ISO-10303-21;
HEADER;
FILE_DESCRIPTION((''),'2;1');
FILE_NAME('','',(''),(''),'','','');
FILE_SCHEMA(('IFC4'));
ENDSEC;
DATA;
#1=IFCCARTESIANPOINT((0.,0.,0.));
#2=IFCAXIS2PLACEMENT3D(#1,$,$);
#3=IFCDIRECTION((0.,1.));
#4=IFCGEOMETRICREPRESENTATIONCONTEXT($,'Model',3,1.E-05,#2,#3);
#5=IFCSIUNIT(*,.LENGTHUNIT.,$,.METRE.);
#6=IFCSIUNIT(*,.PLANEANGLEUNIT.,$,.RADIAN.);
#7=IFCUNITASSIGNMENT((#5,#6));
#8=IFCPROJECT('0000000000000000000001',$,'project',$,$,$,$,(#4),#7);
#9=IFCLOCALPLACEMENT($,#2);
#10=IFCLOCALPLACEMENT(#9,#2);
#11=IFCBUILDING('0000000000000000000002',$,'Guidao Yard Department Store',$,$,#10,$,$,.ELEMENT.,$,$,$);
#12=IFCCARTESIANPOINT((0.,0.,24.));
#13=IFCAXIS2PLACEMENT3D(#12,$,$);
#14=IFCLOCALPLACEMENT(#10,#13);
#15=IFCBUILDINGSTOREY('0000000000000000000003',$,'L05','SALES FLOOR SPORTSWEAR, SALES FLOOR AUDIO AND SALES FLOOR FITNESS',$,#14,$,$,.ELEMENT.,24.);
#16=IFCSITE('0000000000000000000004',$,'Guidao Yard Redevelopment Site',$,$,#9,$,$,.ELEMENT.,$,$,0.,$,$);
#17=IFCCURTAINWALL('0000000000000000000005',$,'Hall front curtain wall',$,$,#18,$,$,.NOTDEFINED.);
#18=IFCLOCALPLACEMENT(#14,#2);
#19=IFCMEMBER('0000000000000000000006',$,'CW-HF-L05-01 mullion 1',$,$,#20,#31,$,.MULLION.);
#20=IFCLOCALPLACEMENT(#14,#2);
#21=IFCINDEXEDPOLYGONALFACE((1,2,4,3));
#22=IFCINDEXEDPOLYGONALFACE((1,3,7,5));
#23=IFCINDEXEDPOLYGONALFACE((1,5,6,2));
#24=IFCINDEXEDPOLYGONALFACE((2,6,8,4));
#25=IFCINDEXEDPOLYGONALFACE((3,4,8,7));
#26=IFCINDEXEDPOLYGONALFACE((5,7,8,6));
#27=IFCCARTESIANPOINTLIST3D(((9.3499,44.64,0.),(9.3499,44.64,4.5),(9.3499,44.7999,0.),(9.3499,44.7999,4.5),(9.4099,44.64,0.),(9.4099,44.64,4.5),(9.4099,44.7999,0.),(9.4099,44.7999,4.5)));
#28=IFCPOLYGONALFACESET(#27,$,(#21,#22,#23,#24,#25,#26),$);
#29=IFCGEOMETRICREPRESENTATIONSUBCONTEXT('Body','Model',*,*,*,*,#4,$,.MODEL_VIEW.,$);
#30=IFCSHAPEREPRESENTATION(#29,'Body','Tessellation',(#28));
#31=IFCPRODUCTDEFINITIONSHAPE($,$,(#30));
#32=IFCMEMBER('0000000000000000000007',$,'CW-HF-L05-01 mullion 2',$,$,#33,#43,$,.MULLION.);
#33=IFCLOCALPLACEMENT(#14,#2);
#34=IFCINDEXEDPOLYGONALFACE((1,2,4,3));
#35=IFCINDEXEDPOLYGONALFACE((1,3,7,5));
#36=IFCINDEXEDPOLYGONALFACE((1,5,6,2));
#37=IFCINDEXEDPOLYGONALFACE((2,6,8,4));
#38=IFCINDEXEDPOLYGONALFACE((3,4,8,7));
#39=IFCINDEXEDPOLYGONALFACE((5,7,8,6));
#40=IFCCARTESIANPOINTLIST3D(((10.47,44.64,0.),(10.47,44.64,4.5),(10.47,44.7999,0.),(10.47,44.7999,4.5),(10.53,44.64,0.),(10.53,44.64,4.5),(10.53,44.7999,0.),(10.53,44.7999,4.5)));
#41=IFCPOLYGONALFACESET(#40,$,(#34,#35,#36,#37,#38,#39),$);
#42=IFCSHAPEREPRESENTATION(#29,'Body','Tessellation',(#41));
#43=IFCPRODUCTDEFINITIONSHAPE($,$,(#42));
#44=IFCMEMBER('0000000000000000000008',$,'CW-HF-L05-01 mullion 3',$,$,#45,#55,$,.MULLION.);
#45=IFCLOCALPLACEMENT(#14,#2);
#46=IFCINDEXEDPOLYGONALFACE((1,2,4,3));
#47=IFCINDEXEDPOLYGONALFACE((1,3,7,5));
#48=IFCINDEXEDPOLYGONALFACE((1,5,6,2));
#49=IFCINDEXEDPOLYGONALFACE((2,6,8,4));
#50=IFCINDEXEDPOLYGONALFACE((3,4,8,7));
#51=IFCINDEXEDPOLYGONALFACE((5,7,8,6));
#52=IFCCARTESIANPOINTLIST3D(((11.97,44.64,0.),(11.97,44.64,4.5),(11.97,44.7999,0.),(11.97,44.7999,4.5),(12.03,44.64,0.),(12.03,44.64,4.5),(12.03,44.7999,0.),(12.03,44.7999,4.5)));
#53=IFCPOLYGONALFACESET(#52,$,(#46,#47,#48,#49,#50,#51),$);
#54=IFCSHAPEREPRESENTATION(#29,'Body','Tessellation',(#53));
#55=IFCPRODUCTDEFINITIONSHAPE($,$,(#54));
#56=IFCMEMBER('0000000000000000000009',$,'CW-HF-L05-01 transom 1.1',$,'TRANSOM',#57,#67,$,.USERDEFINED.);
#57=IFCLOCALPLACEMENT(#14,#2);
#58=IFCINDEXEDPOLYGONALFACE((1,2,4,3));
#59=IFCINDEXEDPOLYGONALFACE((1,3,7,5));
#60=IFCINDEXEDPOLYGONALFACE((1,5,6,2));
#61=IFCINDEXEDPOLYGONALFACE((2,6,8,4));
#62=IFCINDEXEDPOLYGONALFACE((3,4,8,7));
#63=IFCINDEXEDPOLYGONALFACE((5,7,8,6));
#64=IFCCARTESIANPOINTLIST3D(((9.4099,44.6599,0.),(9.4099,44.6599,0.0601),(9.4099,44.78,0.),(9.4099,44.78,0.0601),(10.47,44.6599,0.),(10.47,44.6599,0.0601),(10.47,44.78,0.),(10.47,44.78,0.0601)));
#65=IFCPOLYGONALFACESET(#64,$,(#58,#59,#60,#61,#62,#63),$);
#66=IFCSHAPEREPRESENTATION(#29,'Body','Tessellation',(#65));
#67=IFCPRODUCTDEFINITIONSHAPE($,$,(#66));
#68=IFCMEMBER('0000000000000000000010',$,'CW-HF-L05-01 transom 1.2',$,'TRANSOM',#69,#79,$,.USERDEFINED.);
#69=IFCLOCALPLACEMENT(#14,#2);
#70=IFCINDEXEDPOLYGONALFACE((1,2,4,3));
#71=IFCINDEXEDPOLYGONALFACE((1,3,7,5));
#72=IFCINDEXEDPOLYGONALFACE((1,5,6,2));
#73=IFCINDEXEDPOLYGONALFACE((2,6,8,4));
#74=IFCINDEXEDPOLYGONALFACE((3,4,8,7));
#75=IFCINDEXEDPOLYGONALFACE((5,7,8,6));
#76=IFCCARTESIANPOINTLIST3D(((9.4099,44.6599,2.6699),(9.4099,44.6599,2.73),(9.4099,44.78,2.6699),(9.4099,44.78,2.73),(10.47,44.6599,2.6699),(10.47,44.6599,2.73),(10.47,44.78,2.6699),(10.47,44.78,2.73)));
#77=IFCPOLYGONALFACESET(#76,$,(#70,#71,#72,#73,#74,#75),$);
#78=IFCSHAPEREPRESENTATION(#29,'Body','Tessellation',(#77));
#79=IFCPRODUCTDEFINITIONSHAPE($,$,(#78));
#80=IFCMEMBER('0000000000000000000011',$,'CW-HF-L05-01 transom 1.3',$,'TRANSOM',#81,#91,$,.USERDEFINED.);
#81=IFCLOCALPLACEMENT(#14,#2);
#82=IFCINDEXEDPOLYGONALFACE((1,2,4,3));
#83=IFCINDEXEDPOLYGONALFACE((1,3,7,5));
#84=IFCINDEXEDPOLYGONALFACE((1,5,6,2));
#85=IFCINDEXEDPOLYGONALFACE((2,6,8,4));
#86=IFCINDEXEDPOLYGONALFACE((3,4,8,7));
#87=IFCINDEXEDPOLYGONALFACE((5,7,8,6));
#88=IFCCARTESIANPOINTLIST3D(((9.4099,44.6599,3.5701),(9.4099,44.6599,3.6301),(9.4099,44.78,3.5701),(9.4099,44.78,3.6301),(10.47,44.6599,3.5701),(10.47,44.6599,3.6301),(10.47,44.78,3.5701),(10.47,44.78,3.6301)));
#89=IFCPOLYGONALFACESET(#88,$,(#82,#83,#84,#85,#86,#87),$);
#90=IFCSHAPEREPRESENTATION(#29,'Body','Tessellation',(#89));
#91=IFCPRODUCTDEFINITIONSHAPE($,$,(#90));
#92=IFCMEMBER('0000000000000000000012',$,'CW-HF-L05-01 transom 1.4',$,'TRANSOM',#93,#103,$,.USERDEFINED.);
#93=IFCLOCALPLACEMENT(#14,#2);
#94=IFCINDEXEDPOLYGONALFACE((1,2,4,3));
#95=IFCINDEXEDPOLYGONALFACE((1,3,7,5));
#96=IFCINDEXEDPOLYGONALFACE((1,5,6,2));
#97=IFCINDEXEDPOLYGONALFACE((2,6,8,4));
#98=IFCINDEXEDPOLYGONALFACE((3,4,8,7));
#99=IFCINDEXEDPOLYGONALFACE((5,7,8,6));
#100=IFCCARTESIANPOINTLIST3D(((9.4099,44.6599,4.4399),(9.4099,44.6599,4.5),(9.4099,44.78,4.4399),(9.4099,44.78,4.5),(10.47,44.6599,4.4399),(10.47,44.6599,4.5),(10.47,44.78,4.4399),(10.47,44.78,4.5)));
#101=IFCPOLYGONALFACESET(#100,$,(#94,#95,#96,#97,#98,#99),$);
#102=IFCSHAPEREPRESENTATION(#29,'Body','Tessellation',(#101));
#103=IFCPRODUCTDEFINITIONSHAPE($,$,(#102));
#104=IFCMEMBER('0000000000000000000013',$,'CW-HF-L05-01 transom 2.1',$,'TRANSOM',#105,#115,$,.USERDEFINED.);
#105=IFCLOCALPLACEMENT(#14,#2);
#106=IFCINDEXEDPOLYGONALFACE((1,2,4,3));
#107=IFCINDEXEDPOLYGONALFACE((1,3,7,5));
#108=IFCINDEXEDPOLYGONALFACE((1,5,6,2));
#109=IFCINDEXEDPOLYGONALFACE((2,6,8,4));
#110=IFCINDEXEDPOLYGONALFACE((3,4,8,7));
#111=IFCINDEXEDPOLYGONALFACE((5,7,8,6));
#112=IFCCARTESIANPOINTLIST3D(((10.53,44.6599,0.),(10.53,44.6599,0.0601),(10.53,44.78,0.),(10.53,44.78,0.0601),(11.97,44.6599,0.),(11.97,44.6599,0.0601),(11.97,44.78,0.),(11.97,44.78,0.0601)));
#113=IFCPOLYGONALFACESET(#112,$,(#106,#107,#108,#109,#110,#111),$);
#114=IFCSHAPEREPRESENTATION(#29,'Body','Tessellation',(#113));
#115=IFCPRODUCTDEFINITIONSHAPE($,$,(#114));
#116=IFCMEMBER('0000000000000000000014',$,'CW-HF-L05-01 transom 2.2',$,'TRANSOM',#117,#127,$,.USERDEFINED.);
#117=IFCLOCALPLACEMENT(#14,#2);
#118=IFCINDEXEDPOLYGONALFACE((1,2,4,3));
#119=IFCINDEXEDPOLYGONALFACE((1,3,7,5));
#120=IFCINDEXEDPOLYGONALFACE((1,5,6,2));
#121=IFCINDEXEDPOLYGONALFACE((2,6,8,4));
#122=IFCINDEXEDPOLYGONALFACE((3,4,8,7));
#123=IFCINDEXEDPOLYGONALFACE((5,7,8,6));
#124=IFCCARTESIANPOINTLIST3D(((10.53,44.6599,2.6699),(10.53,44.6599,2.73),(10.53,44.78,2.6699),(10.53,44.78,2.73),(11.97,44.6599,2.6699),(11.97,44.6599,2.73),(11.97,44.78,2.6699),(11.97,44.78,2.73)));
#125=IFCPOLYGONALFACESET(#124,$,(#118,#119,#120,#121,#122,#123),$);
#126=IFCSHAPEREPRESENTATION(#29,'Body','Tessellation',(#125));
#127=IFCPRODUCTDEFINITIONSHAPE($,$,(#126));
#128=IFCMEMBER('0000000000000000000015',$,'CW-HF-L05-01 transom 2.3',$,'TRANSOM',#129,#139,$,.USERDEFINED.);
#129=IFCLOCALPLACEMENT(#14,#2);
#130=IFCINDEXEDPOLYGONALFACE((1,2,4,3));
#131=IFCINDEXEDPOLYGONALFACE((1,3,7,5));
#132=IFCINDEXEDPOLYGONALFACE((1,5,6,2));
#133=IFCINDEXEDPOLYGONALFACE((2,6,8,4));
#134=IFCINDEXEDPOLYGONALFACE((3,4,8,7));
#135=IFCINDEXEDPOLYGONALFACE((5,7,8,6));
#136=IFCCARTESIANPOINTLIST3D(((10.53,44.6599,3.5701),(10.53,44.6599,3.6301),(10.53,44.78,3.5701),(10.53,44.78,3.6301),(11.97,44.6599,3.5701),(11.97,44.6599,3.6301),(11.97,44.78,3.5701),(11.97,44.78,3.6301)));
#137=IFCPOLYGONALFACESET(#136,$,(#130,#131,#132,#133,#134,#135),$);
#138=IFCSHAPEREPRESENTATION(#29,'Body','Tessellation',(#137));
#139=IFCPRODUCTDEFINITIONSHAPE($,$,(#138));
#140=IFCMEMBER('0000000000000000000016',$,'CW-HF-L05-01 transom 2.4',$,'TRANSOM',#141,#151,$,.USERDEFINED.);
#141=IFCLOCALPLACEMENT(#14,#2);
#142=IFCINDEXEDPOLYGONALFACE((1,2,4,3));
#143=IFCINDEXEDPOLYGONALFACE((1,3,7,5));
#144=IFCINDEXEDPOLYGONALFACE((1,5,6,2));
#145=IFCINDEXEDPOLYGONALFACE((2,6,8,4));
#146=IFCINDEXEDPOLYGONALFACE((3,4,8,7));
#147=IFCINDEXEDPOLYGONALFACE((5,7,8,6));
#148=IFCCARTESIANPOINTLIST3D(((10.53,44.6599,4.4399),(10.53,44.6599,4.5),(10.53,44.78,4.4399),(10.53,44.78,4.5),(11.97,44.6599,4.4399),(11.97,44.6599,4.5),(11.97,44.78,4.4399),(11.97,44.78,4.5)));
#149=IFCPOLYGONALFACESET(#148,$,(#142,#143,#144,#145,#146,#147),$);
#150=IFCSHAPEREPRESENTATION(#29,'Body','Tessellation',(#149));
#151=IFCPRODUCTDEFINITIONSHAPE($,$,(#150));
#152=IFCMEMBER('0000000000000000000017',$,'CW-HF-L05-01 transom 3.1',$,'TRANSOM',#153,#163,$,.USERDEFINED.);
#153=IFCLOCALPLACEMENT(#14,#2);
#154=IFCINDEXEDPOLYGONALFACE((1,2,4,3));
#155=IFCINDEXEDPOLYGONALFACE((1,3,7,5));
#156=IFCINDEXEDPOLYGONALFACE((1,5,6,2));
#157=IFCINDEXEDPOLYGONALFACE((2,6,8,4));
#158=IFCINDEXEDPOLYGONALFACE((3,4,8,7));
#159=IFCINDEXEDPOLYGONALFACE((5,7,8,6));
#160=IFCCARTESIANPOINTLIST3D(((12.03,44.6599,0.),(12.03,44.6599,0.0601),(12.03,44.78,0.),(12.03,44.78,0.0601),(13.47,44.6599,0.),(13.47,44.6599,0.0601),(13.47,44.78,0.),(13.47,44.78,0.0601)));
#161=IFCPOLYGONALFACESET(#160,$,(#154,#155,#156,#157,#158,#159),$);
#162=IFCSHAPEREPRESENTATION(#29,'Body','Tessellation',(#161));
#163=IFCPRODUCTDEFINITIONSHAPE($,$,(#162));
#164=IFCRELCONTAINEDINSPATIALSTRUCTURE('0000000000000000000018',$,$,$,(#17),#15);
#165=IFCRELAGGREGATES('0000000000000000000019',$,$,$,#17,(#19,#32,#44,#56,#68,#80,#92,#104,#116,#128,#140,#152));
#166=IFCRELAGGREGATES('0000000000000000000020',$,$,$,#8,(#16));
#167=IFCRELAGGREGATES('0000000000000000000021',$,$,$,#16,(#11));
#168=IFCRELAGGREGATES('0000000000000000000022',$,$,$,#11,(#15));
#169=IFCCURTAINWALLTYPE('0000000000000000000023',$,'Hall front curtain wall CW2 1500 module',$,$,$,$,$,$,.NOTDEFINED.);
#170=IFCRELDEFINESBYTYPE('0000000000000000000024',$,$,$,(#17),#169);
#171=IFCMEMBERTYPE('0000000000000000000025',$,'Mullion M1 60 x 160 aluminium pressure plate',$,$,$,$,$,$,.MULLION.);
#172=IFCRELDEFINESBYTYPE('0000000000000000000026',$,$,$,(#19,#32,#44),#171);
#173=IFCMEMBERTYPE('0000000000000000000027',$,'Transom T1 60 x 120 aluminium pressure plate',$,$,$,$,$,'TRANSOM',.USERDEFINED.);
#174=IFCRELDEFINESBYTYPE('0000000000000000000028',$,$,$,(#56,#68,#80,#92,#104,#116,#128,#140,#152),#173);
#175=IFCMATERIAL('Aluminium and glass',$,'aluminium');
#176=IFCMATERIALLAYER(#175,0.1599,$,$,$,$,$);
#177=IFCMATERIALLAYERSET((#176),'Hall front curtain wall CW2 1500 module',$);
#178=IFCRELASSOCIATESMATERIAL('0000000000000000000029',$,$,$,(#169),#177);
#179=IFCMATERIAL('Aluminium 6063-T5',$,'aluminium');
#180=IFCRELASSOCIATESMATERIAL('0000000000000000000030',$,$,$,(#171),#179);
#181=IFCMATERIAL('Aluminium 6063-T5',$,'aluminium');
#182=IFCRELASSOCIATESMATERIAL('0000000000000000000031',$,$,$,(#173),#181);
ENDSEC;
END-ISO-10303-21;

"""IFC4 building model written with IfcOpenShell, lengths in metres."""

from ifc_helpers import new_model, si_unit, direction, frame, origin, origin_2d, place, context, subcontext, project, spatial, rectangle, extrude, material, layer, layer_set, material_profile, profile_set, type_object, element, aggregate, save


model = new_model("IFC4")

# Units and contexts
model_context = context("Model", 3, precision=1e-05, world=origin(), true_north=direction((0.0, 1.0)))
body_context = subcontext(model_context, "Body", "Model", "MODEL_VIEW")
ifc_project = project(units=[si_unit("LENGTHUNIT", "METRE"), si_unit("PLANEANGLEUNIT", "RADIAN")], contexts=[model_context])

# Site, building, storey
site_placement = place(None, origin())
site = spatial("IfcSite", under=ifc_project, at=site_placement, Name="Guidao Yard Redevelopment Site", CompositionType="ELEMENT", RefElevation=0.0)
building_placement = place(site_placement, origin())
building = spatial("IfcBuilding", under=site, at=building_placement, Name="Guidao Yard Department Store", CompositionType="ELEMENT")
storey_placement = place(building_placement, frame((0.0, 0.0, 24.0)))
storey = spatial("IfcBuildingStorey", under=building, at=storey_placement, Name="L05", Description="SALES FLOOR SPORTSWEAR, SALES FLOOR AUDIO AND SALES FLOOR FITNESS", CompositionType="ELEMENT", Elevation=24.0)

# Curtain wall, members
ifc_material_1 = material(Name="Aluminium and glass", Category="aluminium")
ifc_layer_1 = layer(ifc_material_1, 0.1599)
ifc_layer_set_1 = layer_set([ifc_layer_1], Name="Hall front curtain wall CW2 1500 module")
curtain_wall_type = type_object("IfcCurtainWallType", Name="Hall front curtain wall CW2 1500 module", PredefinedType="NOTDEFINED", material=ifc_layer_set_1)
curtain_wall_placement = place(storey_placement, origin())
curtain_wall = element("IfcCurtainWall", 1, at=curtain_wall_placement, inside=storey, type_object=curtain_wall_type, Name="Hall front curtain wall", PredefinedType="NOTDEFINED")
ifc_material_2 = material(Name="Aluminium 6063-T5", Category="aluminium")
ifc_material_profile_1 = material_profile(ifc_material_2, rectangle(XDim=0.0601, YDim=0.1599, at=origin_2d()), Name="Mullion M1 60 x 160 aluminium pressure plate")
ifc_profile_set_1 = profile_set([ifc_material_profile_1], Name="Aluminium 6063-T5")
member_type_1 = type_object("IfcMemberType", Name="Mullion M1 60 x 160 aluminium pressure plate", PredefinedType="MULLION", material=ifc_profile_set_1)
member_1_placement = place(storey_placement, frame((9.3799, 44.72, 0.0), z_axis=(0.0, 0.0, 1.0), x_axis=(-1.0, 0.0, 0.0)))
member_1 = element("IfcMember", 2, at=member_1_placement, type_object=member_type_1, Name="CW-HF-L05-01 mullion 1", PredefinedType="MULLION", context=body_context, shape_type="SweptSolid", body=[
    extrude(rectangle(XDim=0.0601, YDim=0.1599, at=origin_2d()), origin(), (0.0, 0.0, 1.0), 4.5),
])
member_2_placement = place(storey_placement, frame((10.5, 44.72, 0.0), z_axis=(0.0, 0.0, 1.0), x_axis=(-1.0, 0.0, 0.0)))
member_2 = element("IfcMember", 3, at=member_2_placement, type_object=member_type_1, Name="CW-HF-L05-01 mullion 2", PredefinedType="MULLION", context=body_context, shape_type="SweptSolid", body=[
    extrude(rectangle(XDim=0.0601, YDim=0.1599, at=origin_2d()), origin(), (0.0, 0.0, 1.0), 4.5),
])
member_3_placement = place(storey_placement, frame((12.0, 44.72, 0.0), z_axis=(0.0, 0.0, 1.0), x_axis=(-1.0, 0.0, 0.0)))
member_3 = element("IfcMember", 4, at=member_3_placement, type_object=member_type_1, Name="CW-HF-L05-01 mullion 3", PredefinedType="MULLION", context=body_context, shape_type="SweptSolid", body=[
    extrude(rectangle(XDim=0.0601, YDim=0.1599, at=origin_2d()), origin(), (0.0, 0.0, 1.0), 4.5),
])
ifc_material_3 = material(Name="Aluminium 6063-T5", Category="aluminium")
ifc_material_profile_2 = material_profile(ifc_material_3, rectangle(XDim=0.1201, YDim=0.0601, at=origin_2d()), Name="Transom T1 60 x 120 aluminium pressure plate")
ifc_profile_set_2 = profile_set([ifc_material_profile_2], Name="Aluminium 6063-T5")
member_type_2 = type_object("IfcMemberType", Name="Transom T1 60 x 120 aluminium pressure plate", ElementType="TRANSOM", PredefinedType="USERDEFINED", material=ifc_profile_set_2)
member_4_placement = place(storey_placement, frame((10.47, 44.72, 0.03), z_axis=(-1.0, 0.0, 0.0), x_axis=(0.0, -1.0, 0.0)))
member_4 = element("IfcMember", 5, at=member_4_placement, type_object=member_type_2, Name="CW-HF-L05-01 transom 1.1", ObjectType="TRANSOM", PredefinedType="USERDEFINED", context=body_context, shape_type="SweptSolid", body=[
    extrude(rectangle(XDim=0.1201, YDim=0.0601, at=origin_2d()), origin(), (0.0, 0.0, 1.0), 1.0601),
])
member_5_placement = place(storey_placement, frame((10.47, 44.72, 2.7), z_axis=(-1.0, 0.0, 0.0), x_axis=(0.0, -1.0, 0.0)))
member_5 = element("IfcMember", 6, at=member_5_placement, type_object=member_type_2, Name="CW-HF-L05-01 transom 1.2", ObjectType="TRANSOM", PredefinedType="USERDEFINED", context=body_context, shape_type="SweptSolid", body=[
    extrude(rectangle(XDim=0.1201, YDim=0.0601, at=origin_2d()), origin(), (0.0, 0.0, 1.0), 1.0601),
])
member_6_placement = place(storey_placement, frame((10.47, 44.72, 3.6001), z_axis=(-1.0, 0.0, 0.0), x_axis=(0.0, -1.0, 0.0)))
member_6 = element("IfcMember", 7, at=member_6_placement, type_object=member_type_2, Name="CW-HF-L05-01 transom 1.3", ObjectType="TRANSOM", PredefinedType="USERDEFINED", context=body_context, shape_type="SweptSolid", body=[
    extrude(rectangle(XDim=0.1201, YDim=0.0601, at=origin_2d()), origin(), (0.0, 0.0, 1.0), 1.0601),
])
member_7_placement = place(storey_placement, frame((10.47, 44.72, 4.47), z_axis=(-1.0, 0.0, 0.0), x_axis=(0.0, -1.0, 0.0)))
member_7 = element("IfcMember", 8, at=member_7_placement, type_object=member_type_2, Name="CW-HF-L05-01 transom 1.4", ObjectType="TRANSOM", PredefinedType="USERDEFINED", context=body_context, shape_type="SweptSolid", body=[
    extrude(rectangle(XDim=0.1201, YDim=0.0601, at=origin_2d()), origin(), (0.0, 0.0, 1.0), 1.0601),
])
member_8_placement = place(storey_placement, frame((11.97, 44.72, 0.03), z_axis=(-1.0, 0.0, 0.0), x_axis=(0.0, -1.0, 0.0)))
member_8 = element("IfcMember", 9, at=member_8_placement, type_object=member_type_2, Name="CW-HF-L05-01 transom 2.1", ObjectType="TRANSOM", PredefinedType="USERDEFINED", context=body_context, shape_type="SweptSolid", body=[
    extrude(rectangle(XDim=0.1201, YDim=0.0601, at=origin_2d()), origin(), (0.0, 0.0, 1.0), 1.4399),
])
member_9_placement = place(storey_placement, frame((11.97, 44.72, 2.7), z_axis=(-1.0, 0.0, 0.0), x_axis=(0.0, -1.0, 0.0)))
member_9 = element("IfcMember", 10, at=member_9_placement, type_object=member_type_2, Name="CW-HF-L05-01 transom 2.2", ObjectType="TRANSOM", PredefinedType="USERDEFINED", context=body_context, shape_type="SweptSolid", body=[
    extrude(rectangle(XDim=0.1201, YDim=0.0601, at=origin_2d()), origin(), (0.0, 0.0, 1.0), 1.4399),
])
member_10_placement = place(storey_placement, frame((11.97, 44.72, 3.6001), z_axis=(-1.0, 0.0, 0.0), x_axis=(0.0, -1.0, 0.0)))
member_10 = element("IfcMember", 11, at=member_10_placement, type_object=member_type_2, Name="CW-HF-L05-01 transom 2.3", ObjectType="TRANSOM", PredefinedType="USERDEFINED", context=body_context, shape_type="SweptSolid", body=[
    extrude(rectangle(XDim=0.1201, YDim=0.0601, at=origin_2d()), origin(), (0.0, 0.0, 1.0), 1.4399),
])
member_11_placement = place(storey_placement, frame((11.97, 44.72, 4.47), z_axis=(-1.0, 0.0, 0.0), x_axis=(0.0, -1.0, 0.0)))
member_11 = element("IfcMember", 12, at=member_11_placement, type_object=member_type_2, Name="CW-HF-L05-01 transom 2.4", ObjectType="TRANSOM", PredefinedType="USERDEFINED", context=body_context, shape_type="SweptSolid", body=[
    extrude(rectangle(XDim=0.1201, YDim=0.0601, at=origin_2d()), origin(), (0.0, 0.0, 1.0), 1.4399),
])
member_12_placement = place(storey_placement, frame((13.47, 44.72, 0.03), z_axis=(-1.0, 0.0, 0.0), x_axis=(0.0, -1.0, 0.0)))
member_12 = element("IfcMember", 13, at=member_12_placement, type_object=member_type_2, Name="CW-HF-L05-01 transom 3.1", ObjectType="TRANSOM", PredefinedType="USERDEFINED", context=body_context, shape_type="SweptSolid", body=[
    extrude(rectangle(XDim=0.1201, YDim=0.0601, at=origin_2d()), origin(), (0.0, 0.0, 1.0), 1.4399),
])

aggregate(curtain_wall, [member_1, member_2, member_3, member_4, member_5, member_6, member_7, member_8, member_9, member_10, member_11, member_12])

save(model, "model.ifc")
